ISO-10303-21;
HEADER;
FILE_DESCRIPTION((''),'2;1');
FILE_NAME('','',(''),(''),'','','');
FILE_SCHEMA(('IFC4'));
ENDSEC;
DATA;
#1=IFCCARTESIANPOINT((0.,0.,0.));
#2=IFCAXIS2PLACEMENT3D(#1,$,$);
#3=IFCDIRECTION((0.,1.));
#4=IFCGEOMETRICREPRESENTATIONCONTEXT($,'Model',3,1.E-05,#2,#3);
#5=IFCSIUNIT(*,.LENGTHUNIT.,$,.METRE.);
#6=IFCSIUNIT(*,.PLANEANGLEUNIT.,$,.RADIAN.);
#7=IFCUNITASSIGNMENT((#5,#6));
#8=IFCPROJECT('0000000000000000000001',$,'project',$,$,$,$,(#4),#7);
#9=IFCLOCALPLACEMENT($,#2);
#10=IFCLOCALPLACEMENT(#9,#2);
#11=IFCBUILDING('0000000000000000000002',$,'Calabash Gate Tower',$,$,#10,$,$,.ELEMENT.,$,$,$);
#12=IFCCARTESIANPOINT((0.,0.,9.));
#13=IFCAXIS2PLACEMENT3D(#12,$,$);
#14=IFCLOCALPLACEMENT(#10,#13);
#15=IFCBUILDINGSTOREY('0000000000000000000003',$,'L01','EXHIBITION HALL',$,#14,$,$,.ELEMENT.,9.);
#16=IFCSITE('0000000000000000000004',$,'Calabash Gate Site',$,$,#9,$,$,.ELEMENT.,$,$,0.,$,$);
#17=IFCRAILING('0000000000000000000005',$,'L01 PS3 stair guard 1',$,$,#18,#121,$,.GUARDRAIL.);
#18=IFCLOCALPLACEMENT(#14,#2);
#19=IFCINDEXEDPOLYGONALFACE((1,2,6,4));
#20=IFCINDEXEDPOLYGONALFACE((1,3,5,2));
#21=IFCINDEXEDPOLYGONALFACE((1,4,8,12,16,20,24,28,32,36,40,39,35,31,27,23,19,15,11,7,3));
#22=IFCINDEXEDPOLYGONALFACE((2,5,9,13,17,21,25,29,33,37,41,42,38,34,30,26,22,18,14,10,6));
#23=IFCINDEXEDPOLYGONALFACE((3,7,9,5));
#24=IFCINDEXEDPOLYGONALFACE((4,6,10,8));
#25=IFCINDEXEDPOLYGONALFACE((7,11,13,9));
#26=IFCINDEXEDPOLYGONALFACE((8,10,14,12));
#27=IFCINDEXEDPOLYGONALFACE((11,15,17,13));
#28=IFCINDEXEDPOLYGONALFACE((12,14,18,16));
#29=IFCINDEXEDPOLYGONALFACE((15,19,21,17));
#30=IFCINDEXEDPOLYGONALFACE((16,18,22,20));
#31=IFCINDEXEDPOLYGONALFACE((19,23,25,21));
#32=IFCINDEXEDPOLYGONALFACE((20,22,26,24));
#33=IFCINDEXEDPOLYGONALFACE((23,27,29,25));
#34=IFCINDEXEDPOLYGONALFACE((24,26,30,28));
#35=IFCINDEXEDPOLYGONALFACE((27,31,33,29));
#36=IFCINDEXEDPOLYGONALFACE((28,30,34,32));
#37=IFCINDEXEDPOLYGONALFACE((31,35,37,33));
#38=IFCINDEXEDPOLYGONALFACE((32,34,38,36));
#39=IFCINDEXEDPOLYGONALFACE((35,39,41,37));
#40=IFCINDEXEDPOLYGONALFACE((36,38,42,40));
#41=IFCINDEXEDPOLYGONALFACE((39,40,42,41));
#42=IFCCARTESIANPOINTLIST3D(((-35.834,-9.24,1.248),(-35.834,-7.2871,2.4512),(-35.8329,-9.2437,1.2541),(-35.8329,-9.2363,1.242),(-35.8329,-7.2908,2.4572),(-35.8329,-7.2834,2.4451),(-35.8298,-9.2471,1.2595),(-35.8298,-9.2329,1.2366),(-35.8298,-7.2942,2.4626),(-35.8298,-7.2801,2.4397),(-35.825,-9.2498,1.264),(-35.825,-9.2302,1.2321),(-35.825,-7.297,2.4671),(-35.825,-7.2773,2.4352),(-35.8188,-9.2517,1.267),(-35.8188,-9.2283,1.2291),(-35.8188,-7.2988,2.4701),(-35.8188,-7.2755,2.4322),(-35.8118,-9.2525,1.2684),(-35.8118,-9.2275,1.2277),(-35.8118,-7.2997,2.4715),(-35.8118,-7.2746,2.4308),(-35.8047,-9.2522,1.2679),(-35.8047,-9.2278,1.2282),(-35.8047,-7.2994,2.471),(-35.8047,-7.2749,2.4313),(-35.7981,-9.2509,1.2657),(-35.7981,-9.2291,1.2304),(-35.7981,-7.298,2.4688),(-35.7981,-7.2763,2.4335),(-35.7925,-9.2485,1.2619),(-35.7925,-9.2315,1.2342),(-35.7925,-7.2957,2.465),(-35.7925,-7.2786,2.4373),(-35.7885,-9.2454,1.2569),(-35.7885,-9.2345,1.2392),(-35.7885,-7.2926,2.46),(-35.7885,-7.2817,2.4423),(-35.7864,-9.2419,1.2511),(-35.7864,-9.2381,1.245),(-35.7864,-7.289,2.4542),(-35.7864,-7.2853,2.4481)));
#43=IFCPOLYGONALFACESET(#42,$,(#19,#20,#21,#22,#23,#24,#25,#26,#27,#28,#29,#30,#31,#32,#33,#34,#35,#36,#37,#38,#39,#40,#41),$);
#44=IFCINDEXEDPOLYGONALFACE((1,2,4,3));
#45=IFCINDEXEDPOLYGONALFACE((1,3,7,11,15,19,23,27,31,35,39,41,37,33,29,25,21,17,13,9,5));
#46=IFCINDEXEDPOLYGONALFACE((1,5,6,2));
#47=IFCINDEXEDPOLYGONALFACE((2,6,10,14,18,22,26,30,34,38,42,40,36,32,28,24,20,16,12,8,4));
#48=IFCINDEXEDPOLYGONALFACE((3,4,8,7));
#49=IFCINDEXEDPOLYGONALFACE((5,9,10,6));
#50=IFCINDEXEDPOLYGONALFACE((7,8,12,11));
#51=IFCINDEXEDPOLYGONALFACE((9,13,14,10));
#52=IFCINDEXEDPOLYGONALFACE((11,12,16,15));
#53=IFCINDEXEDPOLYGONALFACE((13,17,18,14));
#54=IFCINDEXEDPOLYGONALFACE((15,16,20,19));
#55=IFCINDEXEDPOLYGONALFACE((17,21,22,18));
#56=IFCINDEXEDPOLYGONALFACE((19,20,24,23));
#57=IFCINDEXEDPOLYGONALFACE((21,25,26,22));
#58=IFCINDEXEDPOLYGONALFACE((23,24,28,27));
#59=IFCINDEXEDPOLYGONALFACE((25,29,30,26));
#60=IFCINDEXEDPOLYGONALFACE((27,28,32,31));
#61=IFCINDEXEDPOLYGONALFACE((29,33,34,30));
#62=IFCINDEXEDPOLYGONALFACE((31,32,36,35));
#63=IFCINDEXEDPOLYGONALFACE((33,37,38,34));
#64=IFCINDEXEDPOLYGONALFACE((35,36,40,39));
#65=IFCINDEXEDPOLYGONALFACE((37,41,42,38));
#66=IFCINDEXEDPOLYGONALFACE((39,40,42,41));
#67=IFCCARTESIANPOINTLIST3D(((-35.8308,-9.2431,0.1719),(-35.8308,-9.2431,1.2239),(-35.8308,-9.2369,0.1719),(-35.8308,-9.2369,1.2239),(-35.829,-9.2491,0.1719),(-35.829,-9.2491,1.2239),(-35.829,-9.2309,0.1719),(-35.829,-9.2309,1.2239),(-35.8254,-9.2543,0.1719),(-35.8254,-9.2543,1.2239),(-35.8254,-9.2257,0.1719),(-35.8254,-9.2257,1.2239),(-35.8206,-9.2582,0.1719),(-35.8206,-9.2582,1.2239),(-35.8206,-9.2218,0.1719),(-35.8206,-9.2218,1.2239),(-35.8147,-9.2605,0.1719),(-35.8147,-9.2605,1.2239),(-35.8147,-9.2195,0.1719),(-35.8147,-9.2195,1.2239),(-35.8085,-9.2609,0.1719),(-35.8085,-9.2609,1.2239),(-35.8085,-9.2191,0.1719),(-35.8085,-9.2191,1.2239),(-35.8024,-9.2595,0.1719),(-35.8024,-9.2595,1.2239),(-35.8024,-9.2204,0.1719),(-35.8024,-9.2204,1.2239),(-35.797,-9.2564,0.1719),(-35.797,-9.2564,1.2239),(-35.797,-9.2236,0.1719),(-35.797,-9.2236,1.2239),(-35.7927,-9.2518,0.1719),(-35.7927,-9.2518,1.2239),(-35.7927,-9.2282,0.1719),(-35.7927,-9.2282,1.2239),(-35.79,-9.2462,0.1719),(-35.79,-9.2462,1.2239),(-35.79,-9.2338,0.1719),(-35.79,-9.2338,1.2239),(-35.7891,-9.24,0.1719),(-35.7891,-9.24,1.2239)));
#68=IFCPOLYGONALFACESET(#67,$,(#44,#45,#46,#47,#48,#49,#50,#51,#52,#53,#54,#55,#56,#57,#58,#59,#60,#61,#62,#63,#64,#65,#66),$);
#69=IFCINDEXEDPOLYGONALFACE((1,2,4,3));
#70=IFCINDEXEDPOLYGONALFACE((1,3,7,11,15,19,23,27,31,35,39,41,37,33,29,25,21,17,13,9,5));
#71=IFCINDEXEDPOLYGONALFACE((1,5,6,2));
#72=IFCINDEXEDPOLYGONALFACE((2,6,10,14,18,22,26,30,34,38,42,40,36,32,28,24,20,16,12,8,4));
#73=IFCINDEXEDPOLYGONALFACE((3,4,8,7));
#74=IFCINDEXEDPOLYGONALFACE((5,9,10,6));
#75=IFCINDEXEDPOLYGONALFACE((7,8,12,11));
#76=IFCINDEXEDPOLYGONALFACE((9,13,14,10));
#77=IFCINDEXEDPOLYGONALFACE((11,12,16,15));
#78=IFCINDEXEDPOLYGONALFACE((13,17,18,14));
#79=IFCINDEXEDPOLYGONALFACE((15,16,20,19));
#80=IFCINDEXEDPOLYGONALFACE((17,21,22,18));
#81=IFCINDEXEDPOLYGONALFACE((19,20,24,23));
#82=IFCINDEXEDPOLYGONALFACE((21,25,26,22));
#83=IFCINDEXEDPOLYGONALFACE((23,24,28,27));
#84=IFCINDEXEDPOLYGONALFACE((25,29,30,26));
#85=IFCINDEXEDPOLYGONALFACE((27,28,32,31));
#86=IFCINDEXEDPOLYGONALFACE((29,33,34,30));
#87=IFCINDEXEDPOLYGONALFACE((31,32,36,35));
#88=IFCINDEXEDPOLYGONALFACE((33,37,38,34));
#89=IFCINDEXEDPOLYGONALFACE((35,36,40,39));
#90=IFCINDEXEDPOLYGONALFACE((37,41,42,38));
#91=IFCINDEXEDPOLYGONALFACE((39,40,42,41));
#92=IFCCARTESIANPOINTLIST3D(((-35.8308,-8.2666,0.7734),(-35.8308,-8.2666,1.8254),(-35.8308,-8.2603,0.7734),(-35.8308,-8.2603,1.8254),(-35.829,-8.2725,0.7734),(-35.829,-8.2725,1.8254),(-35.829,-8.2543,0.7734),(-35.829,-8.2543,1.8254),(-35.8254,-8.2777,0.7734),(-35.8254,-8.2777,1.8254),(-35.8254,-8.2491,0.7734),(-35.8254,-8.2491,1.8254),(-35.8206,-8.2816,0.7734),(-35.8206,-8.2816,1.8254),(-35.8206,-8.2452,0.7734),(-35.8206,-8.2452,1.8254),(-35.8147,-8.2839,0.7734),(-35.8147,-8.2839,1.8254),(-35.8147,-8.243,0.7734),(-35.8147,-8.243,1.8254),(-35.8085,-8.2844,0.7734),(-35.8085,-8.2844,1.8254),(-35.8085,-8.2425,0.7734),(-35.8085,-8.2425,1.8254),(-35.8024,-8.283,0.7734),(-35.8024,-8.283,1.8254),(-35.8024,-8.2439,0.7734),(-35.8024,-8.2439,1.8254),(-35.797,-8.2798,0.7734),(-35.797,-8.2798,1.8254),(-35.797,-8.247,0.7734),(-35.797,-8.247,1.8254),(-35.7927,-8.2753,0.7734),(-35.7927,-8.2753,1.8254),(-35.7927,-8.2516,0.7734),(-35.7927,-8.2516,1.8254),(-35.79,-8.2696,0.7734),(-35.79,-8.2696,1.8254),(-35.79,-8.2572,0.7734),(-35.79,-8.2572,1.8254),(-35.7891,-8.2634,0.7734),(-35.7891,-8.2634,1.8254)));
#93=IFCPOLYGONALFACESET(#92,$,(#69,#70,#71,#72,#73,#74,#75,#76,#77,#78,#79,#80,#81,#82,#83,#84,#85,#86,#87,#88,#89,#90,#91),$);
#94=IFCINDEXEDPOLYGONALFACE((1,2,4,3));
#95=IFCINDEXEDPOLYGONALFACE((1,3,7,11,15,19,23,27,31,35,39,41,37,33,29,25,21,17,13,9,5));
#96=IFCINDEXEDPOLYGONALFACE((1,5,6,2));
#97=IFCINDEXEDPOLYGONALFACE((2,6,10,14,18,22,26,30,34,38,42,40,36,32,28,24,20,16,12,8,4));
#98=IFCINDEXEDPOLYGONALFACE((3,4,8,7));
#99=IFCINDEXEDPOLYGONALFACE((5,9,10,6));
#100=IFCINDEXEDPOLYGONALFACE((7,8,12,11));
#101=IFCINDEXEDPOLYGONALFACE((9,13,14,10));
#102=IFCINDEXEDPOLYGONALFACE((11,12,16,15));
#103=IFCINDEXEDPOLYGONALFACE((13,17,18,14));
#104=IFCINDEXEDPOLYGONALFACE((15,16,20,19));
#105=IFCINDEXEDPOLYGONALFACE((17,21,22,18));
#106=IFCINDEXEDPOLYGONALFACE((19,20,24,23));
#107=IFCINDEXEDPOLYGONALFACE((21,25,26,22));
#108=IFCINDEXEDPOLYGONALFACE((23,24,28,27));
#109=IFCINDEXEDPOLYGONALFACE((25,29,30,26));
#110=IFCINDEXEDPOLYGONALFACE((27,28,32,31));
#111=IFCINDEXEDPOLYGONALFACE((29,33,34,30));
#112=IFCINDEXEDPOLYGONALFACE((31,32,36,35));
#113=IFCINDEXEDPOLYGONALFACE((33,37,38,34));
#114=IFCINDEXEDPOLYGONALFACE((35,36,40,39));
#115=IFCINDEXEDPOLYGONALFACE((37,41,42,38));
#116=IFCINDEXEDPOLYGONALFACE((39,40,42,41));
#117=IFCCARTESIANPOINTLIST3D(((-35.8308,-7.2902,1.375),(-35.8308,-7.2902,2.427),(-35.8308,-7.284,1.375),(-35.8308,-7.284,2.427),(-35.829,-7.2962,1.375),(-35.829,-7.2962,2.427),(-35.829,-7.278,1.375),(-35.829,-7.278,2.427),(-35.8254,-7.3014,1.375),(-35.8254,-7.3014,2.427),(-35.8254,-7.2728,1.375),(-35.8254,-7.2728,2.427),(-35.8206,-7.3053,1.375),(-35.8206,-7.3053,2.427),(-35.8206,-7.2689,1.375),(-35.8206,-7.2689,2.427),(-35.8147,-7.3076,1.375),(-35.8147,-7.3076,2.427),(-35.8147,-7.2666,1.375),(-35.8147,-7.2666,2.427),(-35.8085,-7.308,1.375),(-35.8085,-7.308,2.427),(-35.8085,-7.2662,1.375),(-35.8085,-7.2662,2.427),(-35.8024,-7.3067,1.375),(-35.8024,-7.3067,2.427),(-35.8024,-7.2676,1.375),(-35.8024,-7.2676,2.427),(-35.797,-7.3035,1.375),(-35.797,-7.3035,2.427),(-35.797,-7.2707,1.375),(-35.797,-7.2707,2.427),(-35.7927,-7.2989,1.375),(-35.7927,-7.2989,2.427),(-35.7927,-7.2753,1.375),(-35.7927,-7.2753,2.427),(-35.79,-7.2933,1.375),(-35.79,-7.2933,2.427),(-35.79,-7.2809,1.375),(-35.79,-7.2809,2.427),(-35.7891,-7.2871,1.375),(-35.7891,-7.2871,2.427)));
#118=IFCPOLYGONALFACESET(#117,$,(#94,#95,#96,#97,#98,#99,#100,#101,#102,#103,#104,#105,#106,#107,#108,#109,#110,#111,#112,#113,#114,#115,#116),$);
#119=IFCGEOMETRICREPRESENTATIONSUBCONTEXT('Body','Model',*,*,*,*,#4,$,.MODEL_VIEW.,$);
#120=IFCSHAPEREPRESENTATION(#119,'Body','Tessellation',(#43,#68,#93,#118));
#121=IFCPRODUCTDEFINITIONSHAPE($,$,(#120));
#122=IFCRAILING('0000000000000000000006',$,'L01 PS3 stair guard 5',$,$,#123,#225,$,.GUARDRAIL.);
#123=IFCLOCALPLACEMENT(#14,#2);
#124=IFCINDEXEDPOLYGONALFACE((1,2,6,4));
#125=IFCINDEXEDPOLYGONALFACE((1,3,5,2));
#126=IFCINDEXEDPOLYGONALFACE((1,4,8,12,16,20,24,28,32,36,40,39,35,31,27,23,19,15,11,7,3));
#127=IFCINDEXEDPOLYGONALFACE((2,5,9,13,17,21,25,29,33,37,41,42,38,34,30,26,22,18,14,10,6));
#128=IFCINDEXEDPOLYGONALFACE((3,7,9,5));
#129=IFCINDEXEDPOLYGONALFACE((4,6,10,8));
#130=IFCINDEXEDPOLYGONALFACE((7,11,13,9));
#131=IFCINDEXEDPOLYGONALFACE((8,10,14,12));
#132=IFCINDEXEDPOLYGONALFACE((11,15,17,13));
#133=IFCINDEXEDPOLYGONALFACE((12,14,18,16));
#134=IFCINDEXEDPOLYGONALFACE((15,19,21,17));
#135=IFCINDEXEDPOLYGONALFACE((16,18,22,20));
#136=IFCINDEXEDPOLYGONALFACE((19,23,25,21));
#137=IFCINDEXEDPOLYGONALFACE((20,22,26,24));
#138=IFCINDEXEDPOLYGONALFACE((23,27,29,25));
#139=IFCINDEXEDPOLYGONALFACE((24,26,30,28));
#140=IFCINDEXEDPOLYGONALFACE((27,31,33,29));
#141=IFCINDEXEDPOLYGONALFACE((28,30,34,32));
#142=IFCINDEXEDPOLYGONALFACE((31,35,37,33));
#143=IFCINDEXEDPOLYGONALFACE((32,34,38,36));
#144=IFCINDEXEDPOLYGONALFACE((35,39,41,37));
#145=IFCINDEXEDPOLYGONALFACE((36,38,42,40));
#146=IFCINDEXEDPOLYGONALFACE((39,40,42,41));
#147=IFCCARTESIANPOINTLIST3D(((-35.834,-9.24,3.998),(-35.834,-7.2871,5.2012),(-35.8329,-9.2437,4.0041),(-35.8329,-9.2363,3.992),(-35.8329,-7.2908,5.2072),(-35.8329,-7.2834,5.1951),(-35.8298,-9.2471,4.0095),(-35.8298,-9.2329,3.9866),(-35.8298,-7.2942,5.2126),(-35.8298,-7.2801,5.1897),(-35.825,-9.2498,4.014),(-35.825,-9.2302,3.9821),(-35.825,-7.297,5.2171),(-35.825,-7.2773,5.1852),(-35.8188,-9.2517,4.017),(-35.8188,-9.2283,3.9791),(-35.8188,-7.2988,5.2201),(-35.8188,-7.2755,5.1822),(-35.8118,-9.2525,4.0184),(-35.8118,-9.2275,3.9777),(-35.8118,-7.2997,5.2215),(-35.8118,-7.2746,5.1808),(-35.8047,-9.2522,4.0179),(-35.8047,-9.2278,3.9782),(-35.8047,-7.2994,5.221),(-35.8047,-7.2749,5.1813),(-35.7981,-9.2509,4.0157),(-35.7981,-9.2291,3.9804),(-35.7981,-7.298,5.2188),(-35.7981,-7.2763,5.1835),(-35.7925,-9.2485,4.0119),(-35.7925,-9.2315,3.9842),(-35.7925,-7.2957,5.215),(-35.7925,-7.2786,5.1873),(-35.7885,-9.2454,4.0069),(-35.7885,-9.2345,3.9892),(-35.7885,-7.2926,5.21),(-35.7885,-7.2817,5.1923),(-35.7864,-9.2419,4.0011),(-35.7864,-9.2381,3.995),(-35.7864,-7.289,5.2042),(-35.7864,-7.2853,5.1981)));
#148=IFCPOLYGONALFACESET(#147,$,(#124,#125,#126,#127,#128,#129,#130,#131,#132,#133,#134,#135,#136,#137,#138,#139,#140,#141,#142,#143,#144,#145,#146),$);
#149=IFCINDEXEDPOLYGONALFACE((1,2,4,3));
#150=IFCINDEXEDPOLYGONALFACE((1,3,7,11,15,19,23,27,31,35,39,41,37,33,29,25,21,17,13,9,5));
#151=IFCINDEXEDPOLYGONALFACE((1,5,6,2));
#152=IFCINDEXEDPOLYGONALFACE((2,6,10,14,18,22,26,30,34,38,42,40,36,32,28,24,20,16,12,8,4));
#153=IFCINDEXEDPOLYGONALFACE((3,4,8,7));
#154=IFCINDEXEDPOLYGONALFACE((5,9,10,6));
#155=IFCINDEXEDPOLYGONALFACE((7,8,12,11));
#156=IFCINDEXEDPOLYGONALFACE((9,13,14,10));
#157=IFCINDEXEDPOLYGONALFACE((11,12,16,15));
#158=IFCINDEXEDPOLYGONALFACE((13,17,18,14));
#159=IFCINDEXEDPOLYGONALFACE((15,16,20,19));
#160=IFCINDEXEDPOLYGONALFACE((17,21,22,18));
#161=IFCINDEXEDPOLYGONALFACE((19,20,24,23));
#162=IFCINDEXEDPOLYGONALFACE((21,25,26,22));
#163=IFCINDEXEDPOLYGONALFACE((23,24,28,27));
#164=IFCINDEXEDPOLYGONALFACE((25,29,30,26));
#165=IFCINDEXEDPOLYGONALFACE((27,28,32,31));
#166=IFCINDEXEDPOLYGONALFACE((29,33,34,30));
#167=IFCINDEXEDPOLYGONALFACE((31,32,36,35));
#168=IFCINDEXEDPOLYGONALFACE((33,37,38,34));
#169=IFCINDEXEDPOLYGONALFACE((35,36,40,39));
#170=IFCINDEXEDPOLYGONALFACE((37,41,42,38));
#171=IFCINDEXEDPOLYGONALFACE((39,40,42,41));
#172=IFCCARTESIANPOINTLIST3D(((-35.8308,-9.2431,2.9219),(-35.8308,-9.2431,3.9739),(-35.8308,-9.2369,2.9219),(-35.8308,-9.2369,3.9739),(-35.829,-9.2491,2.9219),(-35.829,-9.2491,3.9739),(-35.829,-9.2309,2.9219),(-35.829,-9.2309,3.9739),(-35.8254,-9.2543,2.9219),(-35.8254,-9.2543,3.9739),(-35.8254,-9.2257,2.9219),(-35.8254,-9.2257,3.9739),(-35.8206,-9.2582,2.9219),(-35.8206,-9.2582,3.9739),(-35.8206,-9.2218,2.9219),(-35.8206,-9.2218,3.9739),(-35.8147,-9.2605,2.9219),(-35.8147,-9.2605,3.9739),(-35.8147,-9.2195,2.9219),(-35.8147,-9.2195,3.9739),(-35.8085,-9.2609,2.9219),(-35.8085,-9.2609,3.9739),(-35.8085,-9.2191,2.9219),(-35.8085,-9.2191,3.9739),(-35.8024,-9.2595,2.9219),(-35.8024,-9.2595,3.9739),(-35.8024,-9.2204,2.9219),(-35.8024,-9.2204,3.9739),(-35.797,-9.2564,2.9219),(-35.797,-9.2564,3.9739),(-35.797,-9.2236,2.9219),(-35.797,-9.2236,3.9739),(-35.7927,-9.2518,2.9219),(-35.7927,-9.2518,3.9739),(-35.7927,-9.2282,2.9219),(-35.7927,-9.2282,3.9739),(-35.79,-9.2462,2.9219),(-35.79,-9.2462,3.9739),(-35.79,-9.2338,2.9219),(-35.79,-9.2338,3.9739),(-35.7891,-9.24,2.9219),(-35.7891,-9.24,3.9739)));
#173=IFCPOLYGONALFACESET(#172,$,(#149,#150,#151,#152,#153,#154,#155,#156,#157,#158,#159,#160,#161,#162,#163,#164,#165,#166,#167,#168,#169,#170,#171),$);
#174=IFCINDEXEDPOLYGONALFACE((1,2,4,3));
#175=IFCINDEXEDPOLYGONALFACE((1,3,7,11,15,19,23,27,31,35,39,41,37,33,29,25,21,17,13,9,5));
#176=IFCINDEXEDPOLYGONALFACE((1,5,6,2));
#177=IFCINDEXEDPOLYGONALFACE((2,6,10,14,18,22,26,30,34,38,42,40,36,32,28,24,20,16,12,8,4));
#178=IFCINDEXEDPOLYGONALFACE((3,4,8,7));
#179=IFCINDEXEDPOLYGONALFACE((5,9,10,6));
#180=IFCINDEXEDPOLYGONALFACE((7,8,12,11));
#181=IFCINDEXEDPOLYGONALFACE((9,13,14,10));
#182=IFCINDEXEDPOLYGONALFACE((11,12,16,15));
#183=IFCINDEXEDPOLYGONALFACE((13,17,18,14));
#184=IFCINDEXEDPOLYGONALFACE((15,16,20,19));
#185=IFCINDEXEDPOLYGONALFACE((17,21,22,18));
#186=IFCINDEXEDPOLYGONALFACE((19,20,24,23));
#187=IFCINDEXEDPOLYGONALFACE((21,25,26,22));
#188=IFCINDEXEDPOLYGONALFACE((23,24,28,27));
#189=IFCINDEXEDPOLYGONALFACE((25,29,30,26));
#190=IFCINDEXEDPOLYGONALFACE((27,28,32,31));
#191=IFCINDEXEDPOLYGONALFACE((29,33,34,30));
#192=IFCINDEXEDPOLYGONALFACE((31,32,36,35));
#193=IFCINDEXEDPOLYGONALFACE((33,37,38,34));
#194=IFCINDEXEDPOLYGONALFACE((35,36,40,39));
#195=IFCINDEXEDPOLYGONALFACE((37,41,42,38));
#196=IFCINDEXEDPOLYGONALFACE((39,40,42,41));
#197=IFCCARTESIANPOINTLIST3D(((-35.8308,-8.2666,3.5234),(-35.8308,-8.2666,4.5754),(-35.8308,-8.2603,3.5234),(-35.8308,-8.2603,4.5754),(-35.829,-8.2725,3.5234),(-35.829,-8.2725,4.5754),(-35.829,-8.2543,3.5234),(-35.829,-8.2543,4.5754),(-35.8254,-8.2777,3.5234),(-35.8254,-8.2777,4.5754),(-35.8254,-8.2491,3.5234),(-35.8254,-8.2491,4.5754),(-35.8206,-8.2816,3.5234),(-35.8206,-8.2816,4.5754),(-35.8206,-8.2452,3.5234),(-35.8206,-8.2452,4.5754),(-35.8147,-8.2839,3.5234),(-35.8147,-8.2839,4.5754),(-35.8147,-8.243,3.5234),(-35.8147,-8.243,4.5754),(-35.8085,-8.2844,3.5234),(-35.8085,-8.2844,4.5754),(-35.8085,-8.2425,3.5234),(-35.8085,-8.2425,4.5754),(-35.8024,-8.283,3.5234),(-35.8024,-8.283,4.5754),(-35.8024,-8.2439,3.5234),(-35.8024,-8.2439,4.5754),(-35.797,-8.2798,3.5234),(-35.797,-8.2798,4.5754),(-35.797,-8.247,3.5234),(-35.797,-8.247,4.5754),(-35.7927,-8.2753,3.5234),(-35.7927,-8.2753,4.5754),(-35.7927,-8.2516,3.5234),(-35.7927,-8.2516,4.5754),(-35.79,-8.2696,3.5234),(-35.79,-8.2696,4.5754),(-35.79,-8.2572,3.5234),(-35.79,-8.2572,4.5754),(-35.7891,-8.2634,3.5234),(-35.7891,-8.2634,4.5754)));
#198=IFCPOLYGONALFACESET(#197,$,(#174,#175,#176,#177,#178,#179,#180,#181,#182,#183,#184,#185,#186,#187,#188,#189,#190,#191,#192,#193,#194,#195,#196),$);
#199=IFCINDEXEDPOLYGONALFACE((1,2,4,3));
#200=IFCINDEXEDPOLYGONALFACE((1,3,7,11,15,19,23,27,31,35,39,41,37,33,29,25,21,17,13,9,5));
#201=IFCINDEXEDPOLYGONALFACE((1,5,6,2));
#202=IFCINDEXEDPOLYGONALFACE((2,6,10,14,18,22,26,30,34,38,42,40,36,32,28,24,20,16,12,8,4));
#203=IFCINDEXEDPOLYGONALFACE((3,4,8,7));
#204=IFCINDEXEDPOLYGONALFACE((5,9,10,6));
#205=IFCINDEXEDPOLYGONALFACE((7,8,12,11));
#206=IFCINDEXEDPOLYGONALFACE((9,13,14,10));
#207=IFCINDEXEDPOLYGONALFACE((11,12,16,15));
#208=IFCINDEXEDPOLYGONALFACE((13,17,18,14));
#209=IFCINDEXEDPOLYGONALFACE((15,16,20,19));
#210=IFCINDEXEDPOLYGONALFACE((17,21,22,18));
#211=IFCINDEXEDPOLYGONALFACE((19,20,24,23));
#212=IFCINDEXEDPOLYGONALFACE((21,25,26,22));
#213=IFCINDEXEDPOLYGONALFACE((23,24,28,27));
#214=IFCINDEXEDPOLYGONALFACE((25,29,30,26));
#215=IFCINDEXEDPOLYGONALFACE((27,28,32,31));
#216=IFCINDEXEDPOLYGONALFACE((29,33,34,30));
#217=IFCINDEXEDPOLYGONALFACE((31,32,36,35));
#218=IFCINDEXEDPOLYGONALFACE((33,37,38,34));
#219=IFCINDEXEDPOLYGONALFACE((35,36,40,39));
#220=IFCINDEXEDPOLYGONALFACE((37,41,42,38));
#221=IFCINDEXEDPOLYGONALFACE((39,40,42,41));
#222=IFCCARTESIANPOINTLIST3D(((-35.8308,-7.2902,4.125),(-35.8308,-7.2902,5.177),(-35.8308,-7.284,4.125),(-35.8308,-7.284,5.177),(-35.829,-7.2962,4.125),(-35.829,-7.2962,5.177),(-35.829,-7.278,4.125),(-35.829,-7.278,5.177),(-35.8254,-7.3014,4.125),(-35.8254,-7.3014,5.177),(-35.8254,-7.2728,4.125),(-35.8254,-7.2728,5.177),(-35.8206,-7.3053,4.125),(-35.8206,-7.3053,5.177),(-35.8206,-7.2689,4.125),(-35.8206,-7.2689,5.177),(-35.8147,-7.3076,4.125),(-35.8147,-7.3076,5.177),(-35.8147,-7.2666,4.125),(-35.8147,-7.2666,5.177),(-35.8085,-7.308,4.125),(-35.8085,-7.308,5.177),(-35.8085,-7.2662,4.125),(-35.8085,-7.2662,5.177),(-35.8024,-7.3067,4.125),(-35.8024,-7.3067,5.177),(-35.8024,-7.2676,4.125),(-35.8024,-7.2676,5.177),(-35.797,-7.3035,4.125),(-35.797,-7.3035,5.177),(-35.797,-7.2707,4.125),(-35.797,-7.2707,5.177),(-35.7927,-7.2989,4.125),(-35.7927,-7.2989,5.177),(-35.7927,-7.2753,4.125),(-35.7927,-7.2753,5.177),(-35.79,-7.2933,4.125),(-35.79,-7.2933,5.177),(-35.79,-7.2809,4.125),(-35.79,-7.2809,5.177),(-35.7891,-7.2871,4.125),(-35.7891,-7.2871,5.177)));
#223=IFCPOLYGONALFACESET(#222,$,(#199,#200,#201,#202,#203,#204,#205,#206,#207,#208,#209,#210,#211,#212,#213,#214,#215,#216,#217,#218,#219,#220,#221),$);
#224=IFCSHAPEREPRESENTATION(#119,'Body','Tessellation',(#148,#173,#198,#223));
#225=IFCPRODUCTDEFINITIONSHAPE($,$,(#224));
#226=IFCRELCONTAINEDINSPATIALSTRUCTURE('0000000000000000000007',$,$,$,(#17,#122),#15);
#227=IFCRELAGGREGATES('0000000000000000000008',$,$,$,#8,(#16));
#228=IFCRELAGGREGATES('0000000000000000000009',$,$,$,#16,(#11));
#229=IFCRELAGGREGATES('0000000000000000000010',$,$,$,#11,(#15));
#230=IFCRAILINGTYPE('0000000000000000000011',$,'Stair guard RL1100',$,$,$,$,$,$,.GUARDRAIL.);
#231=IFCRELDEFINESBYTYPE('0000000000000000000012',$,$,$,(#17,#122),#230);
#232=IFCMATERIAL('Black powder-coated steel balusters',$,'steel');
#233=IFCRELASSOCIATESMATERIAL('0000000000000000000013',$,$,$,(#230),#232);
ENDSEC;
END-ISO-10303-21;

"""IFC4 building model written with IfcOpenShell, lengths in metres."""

from ifc_helpers import new_model, si_unit, direction, frame, origin, origin_2d, place, context, subcontext, project, spatial, circle, extrude, material, type_object, element, save


model = new_model("IFC4")

# Units and contexts
model_context = context("Model", 3, precision=1e-05, world=origin(), true_north=direction((0.0, 1.0)))
body_context = subcontext(model_context, "Body", "Model", "MODEL_VIEW")
ifc_project = project(units=[si_unit("LENGTHUNIT", "METRE"), si_unit("PLANEANGLEUNIT", "RADIAN")], contexts=[model_context])

# Site, building, storey
site_placement = place(None, origin())
site = spatial("IfcSite", under=ifc_project, at=site_placement, Name="Calabash Gate Site", CompositionType="ELEMENT", RefElevation=0.0)
building_placement = place(site_placement, origin())
building = spatial("IfcBuilding", under=site, at=building_placement, Name="Calabash Gate Tower", CompositionType="ELEMENT")
storey_placement = place(building_placement, frame((0.0, 0.0, 9.0)))
storey = spatial("IfcBuildingStorey", under=building, at=storey_placement, Name="L01", Description="EXHIBITION HALL", CompositionType="ELEMENT", Elevation=9.0)

# Railings
ifc_material_1 = material(Name="Black powder-coated steel balusters", Category="steel")
railing_type_1 = type_object("IfcRailingType", Name="Stair guard RL1100", PredefinedType="GUARDRAIL", material=ifc_material_1)
for number, where, name in (
    (1, (-35.8101, -9.24, 0.1719), "L01 PS3 stair guard 1"),
    (2, (-35.8101, -9.24, 2.9219), "L01 PS3 stair guard 5"),
):
    element("IfcRailing", number, at=place(storey_placement, frame(where)), inside=storey, type_object=railing_type_1, Name=name, PredefinedType="GUARDRAIL", context=body_context, shape_type="SweptSolid", body=[
        extrude(circle(Radius=0.0239, at=origin_2d()), frame((0.0, 0.0, 1.0762), z_axis=(0.0, 0.851395, 0.524525), x_axis=(-1.0, 0.0, 0.0)), (0.0, 0.0, 1.0), 2.2937),
        extrude(circle(Radius=0.021, at=origin_2d()), origin(), (0.0, 0.0, 1.0), 1.052),
        extrude(circle(Radius=0.021, at=origin_2d()), frame((0.0, 0.9766, 0.6016)), (0.0, 0.0, 1.0), 1.052),
        extrude(circle(Radius=0.021, at=origin_2d()), frame((0.0, 1.9529, 1.2031)), (0.0, 0.0, 1.0), 1.052),
    ])

save(model, "model.ifc")
